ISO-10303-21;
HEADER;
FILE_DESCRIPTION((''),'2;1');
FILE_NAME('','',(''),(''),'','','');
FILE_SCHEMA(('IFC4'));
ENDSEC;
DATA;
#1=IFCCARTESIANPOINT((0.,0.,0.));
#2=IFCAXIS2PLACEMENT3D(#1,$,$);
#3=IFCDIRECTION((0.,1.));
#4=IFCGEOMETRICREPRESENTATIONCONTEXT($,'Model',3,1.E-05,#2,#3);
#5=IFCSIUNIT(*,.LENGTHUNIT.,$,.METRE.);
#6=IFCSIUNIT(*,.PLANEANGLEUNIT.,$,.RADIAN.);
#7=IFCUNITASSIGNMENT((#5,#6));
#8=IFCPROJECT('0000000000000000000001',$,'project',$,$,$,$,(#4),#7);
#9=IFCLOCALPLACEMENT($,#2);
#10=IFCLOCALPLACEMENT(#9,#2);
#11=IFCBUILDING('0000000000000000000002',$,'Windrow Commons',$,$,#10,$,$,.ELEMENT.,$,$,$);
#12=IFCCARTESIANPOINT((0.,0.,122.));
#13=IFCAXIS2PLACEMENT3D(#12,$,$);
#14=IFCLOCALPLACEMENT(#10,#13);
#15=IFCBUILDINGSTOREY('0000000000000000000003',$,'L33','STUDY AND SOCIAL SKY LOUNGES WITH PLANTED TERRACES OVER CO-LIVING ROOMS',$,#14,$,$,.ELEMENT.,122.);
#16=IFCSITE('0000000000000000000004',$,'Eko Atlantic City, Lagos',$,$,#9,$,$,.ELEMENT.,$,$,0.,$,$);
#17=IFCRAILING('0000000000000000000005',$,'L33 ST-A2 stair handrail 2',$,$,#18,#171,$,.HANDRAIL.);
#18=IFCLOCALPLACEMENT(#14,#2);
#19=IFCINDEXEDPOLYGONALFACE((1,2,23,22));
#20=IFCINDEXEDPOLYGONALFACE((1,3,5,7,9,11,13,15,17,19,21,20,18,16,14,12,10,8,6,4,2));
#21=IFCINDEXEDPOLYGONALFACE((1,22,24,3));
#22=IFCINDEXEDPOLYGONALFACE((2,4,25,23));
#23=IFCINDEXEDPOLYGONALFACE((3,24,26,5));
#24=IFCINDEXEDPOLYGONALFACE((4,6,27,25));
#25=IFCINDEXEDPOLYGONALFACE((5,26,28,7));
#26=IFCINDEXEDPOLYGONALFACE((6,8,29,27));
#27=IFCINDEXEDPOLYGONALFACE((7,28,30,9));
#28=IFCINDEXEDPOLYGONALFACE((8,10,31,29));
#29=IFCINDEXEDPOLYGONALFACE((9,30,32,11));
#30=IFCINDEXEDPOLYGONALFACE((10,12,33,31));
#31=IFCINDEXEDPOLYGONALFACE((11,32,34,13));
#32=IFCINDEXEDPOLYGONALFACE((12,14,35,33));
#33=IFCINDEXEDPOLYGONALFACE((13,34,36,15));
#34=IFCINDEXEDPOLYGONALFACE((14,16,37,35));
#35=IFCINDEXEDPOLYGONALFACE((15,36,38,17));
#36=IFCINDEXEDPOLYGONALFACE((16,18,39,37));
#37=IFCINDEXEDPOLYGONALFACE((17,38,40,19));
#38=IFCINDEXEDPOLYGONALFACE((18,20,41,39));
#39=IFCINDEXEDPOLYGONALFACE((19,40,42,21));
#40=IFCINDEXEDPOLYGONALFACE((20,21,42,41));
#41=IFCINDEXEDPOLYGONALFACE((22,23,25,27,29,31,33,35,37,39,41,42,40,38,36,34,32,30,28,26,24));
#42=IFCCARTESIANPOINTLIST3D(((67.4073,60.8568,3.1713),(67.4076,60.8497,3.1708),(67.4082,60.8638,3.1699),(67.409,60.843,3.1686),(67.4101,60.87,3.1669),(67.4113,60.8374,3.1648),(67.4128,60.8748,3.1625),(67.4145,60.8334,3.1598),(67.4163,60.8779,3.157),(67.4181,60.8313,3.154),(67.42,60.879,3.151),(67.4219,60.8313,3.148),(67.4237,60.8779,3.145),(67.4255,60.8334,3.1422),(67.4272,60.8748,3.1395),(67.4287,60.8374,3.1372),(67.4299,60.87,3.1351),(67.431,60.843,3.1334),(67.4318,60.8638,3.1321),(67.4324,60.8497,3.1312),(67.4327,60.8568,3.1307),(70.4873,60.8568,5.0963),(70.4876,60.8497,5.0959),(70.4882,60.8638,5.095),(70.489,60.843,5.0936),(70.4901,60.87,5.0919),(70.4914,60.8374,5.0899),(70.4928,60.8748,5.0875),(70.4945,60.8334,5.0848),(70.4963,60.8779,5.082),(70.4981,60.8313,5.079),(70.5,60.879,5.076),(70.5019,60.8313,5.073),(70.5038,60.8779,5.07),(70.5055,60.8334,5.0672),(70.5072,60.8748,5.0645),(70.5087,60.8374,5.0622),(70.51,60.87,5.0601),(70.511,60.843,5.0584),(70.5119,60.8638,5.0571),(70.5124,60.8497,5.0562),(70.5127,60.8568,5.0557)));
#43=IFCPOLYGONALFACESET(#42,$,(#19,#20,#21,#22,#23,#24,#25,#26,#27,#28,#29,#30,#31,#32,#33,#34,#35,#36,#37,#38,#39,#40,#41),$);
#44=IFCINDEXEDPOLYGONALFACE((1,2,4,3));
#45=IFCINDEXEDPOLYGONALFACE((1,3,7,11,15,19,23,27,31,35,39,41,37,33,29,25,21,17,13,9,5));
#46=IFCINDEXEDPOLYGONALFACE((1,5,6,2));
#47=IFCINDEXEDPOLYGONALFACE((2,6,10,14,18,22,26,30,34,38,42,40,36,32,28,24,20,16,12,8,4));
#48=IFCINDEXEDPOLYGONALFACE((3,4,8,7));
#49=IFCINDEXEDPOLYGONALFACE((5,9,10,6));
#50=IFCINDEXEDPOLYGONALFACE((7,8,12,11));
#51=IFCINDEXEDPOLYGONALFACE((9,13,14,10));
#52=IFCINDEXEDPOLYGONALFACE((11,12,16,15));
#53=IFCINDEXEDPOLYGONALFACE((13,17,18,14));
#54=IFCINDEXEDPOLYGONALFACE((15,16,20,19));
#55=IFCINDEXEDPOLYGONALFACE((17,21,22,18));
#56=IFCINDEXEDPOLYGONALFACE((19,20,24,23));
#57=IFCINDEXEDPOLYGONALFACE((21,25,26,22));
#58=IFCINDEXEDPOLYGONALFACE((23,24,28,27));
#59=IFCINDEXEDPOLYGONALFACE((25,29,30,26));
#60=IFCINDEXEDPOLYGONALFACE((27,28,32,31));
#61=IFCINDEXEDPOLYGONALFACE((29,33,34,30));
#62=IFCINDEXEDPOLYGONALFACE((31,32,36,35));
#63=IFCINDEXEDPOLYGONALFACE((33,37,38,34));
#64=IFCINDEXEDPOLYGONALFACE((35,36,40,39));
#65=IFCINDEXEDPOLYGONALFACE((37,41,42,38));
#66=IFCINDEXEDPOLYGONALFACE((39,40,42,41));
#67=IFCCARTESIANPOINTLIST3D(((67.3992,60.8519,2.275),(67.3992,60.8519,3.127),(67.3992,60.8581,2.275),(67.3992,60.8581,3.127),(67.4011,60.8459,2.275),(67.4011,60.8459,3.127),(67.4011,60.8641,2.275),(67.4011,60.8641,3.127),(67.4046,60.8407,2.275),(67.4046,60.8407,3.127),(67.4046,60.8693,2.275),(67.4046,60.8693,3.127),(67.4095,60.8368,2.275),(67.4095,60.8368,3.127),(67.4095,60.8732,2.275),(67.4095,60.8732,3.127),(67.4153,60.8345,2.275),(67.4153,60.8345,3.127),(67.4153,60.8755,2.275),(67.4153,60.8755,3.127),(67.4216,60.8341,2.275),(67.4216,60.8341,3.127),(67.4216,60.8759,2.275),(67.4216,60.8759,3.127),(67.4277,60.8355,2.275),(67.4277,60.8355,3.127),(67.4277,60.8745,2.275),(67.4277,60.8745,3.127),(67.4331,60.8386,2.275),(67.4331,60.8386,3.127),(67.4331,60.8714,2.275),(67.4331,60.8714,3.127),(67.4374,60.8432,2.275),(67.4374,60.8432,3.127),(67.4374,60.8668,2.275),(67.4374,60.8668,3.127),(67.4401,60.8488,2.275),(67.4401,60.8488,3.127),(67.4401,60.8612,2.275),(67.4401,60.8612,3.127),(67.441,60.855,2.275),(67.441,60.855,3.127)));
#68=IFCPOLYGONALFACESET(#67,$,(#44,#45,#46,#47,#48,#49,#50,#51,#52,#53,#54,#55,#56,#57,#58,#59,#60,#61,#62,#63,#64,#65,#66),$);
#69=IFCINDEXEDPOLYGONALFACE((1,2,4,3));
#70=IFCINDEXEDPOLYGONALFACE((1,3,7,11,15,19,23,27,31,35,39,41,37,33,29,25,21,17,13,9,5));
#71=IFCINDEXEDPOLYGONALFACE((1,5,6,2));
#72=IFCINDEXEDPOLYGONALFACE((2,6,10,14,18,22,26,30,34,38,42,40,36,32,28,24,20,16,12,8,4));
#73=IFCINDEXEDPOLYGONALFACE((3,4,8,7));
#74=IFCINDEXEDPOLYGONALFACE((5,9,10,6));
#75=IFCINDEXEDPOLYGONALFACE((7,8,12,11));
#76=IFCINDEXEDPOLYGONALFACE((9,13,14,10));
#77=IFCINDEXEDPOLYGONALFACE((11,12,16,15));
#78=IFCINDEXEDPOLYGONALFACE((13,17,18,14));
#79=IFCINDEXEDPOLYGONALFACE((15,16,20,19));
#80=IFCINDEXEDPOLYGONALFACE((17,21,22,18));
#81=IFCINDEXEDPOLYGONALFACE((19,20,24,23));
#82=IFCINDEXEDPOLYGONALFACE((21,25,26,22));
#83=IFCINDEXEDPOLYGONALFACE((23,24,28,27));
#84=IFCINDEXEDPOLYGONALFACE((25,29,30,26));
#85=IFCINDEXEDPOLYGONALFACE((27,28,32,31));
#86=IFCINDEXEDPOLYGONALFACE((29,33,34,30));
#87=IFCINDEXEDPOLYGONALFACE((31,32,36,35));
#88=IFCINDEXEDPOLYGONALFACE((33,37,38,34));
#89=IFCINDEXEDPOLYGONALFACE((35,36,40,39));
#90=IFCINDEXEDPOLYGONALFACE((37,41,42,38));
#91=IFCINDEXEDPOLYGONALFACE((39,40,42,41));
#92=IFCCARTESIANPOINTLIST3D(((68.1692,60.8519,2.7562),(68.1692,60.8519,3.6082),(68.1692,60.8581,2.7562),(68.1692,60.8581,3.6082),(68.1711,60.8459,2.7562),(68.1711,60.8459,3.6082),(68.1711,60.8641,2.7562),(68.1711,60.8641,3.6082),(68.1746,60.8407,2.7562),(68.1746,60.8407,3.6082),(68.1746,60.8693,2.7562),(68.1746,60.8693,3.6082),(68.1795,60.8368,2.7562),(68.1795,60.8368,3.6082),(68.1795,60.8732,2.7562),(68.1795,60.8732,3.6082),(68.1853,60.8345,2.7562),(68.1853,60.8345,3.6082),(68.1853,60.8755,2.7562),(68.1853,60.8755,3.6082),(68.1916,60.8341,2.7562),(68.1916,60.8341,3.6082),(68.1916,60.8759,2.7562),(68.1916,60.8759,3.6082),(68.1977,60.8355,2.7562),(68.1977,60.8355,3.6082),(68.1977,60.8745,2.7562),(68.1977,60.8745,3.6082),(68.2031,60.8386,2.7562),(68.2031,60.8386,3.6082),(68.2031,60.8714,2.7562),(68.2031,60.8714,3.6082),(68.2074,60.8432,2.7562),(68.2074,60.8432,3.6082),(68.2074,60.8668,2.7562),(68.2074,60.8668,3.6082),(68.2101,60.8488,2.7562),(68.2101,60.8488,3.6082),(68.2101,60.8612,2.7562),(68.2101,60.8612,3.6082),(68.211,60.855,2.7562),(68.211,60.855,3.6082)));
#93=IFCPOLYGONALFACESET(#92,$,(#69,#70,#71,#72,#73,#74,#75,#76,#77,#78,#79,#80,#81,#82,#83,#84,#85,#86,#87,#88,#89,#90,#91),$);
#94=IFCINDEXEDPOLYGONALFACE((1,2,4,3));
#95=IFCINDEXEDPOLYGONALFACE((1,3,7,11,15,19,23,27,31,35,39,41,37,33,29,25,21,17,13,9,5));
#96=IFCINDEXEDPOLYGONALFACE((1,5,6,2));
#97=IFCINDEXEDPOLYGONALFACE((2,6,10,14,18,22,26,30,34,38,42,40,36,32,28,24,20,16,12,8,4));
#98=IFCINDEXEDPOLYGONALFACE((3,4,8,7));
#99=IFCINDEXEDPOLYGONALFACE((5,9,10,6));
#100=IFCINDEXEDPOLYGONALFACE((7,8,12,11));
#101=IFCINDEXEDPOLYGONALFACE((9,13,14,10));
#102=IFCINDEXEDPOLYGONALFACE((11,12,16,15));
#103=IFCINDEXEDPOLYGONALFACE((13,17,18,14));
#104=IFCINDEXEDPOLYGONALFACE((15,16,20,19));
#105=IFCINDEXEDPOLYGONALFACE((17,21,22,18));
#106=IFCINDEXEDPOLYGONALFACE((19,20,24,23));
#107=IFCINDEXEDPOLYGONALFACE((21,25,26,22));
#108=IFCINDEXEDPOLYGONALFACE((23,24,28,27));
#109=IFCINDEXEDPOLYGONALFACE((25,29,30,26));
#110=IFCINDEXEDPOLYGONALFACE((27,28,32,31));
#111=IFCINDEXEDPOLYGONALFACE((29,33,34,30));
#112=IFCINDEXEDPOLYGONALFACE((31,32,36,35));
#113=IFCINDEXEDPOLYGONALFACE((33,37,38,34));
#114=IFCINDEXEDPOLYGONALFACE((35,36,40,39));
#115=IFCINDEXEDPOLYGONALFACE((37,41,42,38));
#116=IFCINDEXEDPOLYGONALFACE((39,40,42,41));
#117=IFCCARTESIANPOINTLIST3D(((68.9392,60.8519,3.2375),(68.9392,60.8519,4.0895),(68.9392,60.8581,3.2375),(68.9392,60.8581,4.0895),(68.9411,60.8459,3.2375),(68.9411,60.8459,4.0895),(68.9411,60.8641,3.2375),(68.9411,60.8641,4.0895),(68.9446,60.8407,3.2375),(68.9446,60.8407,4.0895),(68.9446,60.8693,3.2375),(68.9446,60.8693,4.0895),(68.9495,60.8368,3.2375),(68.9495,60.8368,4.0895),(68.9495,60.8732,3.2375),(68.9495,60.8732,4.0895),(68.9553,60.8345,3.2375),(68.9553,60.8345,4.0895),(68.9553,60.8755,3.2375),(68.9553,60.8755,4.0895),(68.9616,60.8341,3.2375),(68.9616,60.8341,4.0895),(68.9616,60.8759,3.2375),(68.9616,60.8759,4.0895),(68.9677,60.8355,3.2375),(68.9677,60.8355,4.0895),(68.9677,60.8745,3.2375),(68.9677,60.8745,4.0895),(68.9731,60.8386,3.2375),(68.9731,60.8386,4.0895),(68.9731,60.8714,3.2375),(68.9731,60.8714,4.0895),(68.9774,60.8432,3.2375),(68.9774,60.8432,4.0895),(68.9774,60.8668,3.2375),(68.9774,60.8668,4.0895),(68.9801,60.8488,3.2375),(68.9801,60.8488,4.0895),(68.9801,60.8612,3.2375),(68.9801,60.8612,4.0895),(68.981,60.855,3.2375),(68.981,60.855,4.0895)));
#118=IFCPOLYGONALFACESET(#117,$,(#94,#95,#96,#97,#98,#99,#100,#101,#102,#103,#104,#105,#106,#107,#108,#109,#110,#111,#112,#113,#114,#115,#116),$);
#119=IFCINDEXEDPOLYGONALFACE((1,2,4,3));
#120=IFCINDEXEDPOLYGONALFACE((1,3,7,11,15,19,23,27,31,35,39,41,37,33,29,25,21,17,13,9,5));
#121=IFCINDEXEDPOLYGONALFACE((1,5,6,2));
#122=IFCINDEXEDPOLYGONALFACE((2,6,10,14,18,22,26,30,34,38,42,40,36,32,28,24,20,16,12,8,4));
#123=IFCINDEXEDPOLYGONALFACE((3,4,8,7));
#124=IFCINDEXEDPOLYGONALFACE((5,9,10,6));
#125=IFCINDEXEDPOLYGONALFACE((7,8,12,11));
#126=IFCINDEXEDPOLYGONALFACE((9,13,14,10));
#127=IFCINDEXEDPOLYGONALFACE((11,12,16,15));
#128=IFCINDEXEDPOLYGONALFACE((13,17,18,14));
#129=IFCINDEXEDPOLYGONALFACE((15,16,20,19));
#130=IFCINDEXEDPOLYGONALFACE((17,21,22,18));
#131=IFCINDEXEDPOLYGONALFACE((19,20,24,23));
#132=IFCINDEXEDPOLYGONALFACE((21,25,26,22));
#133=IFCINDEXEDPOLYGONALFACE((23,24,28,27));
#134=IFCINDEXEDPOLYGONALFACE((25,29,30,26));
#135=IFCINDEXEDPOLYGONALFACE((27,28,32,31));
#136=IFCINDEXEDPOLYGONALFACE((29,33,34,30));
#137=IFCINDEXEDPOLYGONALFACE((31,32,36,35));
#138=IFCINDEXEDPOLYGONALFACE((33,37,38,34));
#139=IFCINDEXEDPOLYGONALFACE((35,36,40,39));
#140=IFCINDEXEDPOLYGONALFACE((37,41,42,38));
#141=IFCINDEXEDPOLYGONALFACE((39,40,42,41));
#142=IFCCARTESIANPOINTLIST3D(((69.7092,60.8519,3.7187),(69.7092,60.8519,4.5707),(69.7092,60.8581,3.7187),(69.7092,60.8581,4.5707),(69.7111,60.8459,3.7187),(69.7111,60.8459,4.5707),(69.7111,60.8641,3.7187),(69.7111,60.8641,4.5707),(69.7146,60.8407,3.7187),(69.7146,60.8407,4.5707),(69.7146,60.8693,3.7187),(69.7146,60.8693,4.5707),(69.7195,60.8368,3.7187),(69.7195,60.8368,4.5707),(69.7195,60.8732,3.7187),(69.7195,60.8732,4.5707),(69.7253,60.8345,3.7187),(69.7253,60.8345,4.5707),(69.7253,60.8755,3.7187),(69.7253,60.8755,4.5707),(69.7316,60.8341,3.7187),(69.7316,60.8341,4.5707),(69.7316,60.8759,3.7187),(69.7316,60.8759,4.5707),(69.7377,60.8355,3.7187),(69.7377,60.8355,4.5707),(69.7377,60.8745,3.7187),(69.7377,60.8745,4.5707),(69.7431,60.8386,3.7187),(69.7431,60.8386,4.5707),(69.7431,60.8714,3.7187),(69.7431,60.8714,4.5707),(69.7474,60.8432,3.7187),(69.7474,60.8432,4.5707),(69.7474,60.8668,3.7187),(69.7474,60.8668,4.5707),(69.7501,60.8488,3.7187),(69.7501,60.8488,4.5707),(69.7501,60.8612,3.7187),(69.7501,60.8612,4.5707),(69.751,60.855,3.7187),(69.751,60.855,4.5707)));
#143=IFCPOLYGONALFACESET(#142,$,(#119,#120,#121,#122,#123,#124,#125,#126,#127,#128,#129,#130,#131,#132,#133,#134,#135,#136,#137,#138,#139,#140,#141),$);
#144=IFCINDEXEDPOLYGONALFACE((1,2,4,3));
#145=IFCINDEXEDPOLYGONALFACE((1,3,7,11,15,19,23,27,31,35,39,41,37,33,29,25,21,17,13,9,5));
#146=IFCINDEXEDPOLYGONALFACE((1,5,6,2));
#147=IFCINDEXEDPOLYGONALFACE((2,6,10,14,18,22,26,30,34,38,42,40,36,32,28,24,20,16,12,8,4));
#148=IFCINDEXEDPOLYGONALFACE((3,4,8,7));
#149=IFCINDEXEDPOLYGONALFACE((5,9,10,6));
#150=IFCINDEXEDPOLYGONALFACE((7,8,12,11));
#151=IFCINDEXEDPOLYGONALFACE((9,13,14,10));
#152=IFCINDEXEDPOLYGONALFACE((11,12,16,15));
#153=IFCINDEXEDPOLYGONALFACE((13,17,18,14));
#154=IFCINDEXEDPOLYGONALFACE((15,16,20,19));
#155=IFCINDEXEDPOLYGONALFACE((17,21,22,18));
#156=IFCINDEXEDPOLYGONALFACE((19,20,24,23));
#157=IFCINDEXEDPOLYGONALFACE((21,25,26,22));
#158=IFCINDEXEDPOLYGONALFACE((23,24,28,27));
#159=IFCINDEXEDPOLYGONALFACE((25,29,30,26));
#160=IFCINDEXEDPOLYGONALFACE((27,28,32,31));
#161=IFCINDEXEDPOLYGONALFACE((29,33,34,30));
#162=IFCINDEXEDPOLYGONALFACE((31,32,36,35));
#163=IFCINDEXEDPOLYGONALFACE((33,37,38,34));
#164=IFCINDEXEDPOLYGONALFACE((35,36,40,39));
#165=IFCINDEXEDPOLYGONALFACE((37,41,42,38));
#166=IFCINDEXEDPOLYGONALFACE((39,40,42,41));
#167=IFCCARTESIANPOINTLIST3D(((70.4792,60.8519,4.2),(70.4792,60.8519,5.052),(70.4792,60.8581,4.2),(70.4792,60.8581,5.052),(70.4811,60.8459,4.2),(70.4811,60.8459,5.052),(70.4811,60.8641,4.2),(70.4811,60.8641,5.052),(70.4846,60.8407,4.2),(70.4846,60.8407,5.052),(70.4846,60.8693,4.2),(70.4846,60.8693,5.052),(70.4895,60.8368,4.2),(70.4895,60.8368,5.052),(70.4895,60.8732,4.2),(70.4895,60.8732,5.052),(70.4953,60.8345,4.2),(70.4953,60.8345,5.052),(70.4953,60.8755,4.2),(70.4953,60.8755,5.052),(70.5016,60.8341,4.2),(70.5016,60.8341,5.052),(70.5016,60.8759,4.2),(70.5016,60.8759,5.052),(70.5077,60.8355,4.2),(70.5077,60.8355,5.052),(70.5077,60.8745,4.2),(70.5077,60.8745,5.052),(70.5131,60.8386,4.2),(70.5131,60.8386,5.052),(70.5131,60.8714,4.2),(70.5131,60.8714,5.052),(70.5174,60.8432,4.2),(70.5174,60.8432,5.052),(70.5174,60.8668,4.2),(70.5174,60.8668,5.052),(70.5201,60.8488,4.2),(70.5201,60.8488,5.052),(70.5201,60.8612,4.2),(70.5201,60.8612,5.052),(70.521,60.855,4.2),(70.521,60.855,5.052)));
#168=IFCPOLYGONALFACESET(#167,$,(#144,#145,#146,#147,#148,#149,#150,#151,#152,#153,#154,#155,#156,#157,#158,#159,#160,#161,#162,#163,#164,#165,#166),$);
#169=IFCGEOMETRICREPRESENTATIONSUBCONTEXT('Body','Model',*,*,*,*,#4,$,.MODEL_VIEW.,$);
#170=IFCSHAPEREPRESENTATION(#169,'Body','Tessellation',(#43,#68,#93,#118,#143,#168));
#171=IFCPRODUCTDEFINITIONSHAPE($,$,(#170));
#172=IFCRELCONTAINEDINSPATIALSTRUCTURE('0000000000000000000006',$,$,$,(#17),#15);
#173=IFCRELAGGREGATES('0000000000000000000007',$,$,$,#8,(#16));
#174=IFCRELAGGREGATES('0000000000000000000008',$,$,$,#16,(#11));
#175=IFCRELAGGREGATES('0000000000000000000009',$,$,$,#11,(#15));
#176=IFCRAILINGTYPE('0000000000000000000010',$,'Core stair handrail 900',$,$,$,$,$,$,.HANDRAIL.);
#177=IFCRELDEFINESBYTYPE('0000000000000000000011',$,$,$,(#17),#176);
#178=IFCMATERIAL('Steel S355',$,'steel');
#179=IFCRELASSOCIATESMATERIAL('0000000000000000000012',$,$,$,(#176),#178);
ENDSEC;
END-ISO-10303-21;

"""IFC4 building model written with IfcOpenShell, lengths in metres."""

from ifc_helpers import new_model, si_unit, direction, frame, origin, origin_2d, place, context, subcontext, project, spatial, circle, extrude, material, type_object, element, save


model = new_model("IFC4")

# Units and contexts
model_context = context("Model", 3, precision=1e-05, world=origin(), true_north=direction((0.0, 1.0)))
body_context = subcontext(model_context, "Body", "Model", "MODEL_VIEW")
ifc_project = project(units=[si_unit("LENGTHUNIT", "METRE"), si_unit("PLANEANGLEUNIT", "RADIAN")], contexts=[model_context])

# Site, building, storey
site_placement = place(None, origin())
site = spatial("IfcSite", under=ifc_project, at=site_placement, Name="Eko Atlantic City, Lagos", CompositionType="ELEMENT", RefElevation=0.0)
building_placement = place(site_placement, origin())
building = spatial("IfcBuilding", under=site, at=building_placement, Name="Windrow Commons", CompositionType="ELEMENT")
storey_placement = place(building_placement, frame((0.0, 0.0, 122.0)))
storey = spatial("IfcBuildingStorey", under=building, at=storey_placement, Name="L33", Description="STUDY AND SOCIAL SKY LOUNGES WITH PLANTED TERRACES OVER CO-LIVING ROOMS", CompositionType="ELEMENT", Elevation=122.0)

# Railing
ifc_material_1 = material(Name="Steel S355", Category="steel")
railing_type_1 = type_object("IfcRailingType", Name="Core stair handrail 900", PredefinedType="HANDRAIL", material=ifc_material_1)
railing_1_placement = place(storey_placement, frame((67.42, 60.855, 2.275)))
element("IfcRailing", 1, at=railing_1_placement, inside=storey, type_object=railing_type_1, Name="L33 ST-A2 stair handrail 2", PredefinedType="HANDRAIL", context=body_context, shape_type="SweptSolid", body=[
    extrude(circle(Radius=0.024, at=origin_2d()), frame((0.0, 0.0, 0.876), z_axis=(0.847998, 0.0, 0.529999), x_axis=(0.0, 1.0, 0.0)), (0.0, 0.0, 1.0), 3.6321),
    extrude(circle(Radius=0.021, at=origin_2d()), origin(), (0.0, 0.0, 1.0), 0.852),
    extrude(circle(Radius=0.021, at=origin_2d()), frame((0.77, 0.0, 0.4812)), (0.0, 0.0, 1.0), 0.852),
    extrude(circle(Radius=0.021, at=origin_2d()), frame((1.54, 0.0, 0.9625)), (0.0, 0.0, 1.0), 0.852),
    extrude(circle(Radius=0.021, at=origin_2d()), frame((2.31, 0.0, 1.4437)), (0.0, 0.0, 1.0), 0.852),
    extrude(circle(Radius=0.021, at=origin_2d()), frame((3.08, 0.0, 1.925)), (0.0, 0.0, 1.0), 0.852),
])

save(model, "model.ifc")
